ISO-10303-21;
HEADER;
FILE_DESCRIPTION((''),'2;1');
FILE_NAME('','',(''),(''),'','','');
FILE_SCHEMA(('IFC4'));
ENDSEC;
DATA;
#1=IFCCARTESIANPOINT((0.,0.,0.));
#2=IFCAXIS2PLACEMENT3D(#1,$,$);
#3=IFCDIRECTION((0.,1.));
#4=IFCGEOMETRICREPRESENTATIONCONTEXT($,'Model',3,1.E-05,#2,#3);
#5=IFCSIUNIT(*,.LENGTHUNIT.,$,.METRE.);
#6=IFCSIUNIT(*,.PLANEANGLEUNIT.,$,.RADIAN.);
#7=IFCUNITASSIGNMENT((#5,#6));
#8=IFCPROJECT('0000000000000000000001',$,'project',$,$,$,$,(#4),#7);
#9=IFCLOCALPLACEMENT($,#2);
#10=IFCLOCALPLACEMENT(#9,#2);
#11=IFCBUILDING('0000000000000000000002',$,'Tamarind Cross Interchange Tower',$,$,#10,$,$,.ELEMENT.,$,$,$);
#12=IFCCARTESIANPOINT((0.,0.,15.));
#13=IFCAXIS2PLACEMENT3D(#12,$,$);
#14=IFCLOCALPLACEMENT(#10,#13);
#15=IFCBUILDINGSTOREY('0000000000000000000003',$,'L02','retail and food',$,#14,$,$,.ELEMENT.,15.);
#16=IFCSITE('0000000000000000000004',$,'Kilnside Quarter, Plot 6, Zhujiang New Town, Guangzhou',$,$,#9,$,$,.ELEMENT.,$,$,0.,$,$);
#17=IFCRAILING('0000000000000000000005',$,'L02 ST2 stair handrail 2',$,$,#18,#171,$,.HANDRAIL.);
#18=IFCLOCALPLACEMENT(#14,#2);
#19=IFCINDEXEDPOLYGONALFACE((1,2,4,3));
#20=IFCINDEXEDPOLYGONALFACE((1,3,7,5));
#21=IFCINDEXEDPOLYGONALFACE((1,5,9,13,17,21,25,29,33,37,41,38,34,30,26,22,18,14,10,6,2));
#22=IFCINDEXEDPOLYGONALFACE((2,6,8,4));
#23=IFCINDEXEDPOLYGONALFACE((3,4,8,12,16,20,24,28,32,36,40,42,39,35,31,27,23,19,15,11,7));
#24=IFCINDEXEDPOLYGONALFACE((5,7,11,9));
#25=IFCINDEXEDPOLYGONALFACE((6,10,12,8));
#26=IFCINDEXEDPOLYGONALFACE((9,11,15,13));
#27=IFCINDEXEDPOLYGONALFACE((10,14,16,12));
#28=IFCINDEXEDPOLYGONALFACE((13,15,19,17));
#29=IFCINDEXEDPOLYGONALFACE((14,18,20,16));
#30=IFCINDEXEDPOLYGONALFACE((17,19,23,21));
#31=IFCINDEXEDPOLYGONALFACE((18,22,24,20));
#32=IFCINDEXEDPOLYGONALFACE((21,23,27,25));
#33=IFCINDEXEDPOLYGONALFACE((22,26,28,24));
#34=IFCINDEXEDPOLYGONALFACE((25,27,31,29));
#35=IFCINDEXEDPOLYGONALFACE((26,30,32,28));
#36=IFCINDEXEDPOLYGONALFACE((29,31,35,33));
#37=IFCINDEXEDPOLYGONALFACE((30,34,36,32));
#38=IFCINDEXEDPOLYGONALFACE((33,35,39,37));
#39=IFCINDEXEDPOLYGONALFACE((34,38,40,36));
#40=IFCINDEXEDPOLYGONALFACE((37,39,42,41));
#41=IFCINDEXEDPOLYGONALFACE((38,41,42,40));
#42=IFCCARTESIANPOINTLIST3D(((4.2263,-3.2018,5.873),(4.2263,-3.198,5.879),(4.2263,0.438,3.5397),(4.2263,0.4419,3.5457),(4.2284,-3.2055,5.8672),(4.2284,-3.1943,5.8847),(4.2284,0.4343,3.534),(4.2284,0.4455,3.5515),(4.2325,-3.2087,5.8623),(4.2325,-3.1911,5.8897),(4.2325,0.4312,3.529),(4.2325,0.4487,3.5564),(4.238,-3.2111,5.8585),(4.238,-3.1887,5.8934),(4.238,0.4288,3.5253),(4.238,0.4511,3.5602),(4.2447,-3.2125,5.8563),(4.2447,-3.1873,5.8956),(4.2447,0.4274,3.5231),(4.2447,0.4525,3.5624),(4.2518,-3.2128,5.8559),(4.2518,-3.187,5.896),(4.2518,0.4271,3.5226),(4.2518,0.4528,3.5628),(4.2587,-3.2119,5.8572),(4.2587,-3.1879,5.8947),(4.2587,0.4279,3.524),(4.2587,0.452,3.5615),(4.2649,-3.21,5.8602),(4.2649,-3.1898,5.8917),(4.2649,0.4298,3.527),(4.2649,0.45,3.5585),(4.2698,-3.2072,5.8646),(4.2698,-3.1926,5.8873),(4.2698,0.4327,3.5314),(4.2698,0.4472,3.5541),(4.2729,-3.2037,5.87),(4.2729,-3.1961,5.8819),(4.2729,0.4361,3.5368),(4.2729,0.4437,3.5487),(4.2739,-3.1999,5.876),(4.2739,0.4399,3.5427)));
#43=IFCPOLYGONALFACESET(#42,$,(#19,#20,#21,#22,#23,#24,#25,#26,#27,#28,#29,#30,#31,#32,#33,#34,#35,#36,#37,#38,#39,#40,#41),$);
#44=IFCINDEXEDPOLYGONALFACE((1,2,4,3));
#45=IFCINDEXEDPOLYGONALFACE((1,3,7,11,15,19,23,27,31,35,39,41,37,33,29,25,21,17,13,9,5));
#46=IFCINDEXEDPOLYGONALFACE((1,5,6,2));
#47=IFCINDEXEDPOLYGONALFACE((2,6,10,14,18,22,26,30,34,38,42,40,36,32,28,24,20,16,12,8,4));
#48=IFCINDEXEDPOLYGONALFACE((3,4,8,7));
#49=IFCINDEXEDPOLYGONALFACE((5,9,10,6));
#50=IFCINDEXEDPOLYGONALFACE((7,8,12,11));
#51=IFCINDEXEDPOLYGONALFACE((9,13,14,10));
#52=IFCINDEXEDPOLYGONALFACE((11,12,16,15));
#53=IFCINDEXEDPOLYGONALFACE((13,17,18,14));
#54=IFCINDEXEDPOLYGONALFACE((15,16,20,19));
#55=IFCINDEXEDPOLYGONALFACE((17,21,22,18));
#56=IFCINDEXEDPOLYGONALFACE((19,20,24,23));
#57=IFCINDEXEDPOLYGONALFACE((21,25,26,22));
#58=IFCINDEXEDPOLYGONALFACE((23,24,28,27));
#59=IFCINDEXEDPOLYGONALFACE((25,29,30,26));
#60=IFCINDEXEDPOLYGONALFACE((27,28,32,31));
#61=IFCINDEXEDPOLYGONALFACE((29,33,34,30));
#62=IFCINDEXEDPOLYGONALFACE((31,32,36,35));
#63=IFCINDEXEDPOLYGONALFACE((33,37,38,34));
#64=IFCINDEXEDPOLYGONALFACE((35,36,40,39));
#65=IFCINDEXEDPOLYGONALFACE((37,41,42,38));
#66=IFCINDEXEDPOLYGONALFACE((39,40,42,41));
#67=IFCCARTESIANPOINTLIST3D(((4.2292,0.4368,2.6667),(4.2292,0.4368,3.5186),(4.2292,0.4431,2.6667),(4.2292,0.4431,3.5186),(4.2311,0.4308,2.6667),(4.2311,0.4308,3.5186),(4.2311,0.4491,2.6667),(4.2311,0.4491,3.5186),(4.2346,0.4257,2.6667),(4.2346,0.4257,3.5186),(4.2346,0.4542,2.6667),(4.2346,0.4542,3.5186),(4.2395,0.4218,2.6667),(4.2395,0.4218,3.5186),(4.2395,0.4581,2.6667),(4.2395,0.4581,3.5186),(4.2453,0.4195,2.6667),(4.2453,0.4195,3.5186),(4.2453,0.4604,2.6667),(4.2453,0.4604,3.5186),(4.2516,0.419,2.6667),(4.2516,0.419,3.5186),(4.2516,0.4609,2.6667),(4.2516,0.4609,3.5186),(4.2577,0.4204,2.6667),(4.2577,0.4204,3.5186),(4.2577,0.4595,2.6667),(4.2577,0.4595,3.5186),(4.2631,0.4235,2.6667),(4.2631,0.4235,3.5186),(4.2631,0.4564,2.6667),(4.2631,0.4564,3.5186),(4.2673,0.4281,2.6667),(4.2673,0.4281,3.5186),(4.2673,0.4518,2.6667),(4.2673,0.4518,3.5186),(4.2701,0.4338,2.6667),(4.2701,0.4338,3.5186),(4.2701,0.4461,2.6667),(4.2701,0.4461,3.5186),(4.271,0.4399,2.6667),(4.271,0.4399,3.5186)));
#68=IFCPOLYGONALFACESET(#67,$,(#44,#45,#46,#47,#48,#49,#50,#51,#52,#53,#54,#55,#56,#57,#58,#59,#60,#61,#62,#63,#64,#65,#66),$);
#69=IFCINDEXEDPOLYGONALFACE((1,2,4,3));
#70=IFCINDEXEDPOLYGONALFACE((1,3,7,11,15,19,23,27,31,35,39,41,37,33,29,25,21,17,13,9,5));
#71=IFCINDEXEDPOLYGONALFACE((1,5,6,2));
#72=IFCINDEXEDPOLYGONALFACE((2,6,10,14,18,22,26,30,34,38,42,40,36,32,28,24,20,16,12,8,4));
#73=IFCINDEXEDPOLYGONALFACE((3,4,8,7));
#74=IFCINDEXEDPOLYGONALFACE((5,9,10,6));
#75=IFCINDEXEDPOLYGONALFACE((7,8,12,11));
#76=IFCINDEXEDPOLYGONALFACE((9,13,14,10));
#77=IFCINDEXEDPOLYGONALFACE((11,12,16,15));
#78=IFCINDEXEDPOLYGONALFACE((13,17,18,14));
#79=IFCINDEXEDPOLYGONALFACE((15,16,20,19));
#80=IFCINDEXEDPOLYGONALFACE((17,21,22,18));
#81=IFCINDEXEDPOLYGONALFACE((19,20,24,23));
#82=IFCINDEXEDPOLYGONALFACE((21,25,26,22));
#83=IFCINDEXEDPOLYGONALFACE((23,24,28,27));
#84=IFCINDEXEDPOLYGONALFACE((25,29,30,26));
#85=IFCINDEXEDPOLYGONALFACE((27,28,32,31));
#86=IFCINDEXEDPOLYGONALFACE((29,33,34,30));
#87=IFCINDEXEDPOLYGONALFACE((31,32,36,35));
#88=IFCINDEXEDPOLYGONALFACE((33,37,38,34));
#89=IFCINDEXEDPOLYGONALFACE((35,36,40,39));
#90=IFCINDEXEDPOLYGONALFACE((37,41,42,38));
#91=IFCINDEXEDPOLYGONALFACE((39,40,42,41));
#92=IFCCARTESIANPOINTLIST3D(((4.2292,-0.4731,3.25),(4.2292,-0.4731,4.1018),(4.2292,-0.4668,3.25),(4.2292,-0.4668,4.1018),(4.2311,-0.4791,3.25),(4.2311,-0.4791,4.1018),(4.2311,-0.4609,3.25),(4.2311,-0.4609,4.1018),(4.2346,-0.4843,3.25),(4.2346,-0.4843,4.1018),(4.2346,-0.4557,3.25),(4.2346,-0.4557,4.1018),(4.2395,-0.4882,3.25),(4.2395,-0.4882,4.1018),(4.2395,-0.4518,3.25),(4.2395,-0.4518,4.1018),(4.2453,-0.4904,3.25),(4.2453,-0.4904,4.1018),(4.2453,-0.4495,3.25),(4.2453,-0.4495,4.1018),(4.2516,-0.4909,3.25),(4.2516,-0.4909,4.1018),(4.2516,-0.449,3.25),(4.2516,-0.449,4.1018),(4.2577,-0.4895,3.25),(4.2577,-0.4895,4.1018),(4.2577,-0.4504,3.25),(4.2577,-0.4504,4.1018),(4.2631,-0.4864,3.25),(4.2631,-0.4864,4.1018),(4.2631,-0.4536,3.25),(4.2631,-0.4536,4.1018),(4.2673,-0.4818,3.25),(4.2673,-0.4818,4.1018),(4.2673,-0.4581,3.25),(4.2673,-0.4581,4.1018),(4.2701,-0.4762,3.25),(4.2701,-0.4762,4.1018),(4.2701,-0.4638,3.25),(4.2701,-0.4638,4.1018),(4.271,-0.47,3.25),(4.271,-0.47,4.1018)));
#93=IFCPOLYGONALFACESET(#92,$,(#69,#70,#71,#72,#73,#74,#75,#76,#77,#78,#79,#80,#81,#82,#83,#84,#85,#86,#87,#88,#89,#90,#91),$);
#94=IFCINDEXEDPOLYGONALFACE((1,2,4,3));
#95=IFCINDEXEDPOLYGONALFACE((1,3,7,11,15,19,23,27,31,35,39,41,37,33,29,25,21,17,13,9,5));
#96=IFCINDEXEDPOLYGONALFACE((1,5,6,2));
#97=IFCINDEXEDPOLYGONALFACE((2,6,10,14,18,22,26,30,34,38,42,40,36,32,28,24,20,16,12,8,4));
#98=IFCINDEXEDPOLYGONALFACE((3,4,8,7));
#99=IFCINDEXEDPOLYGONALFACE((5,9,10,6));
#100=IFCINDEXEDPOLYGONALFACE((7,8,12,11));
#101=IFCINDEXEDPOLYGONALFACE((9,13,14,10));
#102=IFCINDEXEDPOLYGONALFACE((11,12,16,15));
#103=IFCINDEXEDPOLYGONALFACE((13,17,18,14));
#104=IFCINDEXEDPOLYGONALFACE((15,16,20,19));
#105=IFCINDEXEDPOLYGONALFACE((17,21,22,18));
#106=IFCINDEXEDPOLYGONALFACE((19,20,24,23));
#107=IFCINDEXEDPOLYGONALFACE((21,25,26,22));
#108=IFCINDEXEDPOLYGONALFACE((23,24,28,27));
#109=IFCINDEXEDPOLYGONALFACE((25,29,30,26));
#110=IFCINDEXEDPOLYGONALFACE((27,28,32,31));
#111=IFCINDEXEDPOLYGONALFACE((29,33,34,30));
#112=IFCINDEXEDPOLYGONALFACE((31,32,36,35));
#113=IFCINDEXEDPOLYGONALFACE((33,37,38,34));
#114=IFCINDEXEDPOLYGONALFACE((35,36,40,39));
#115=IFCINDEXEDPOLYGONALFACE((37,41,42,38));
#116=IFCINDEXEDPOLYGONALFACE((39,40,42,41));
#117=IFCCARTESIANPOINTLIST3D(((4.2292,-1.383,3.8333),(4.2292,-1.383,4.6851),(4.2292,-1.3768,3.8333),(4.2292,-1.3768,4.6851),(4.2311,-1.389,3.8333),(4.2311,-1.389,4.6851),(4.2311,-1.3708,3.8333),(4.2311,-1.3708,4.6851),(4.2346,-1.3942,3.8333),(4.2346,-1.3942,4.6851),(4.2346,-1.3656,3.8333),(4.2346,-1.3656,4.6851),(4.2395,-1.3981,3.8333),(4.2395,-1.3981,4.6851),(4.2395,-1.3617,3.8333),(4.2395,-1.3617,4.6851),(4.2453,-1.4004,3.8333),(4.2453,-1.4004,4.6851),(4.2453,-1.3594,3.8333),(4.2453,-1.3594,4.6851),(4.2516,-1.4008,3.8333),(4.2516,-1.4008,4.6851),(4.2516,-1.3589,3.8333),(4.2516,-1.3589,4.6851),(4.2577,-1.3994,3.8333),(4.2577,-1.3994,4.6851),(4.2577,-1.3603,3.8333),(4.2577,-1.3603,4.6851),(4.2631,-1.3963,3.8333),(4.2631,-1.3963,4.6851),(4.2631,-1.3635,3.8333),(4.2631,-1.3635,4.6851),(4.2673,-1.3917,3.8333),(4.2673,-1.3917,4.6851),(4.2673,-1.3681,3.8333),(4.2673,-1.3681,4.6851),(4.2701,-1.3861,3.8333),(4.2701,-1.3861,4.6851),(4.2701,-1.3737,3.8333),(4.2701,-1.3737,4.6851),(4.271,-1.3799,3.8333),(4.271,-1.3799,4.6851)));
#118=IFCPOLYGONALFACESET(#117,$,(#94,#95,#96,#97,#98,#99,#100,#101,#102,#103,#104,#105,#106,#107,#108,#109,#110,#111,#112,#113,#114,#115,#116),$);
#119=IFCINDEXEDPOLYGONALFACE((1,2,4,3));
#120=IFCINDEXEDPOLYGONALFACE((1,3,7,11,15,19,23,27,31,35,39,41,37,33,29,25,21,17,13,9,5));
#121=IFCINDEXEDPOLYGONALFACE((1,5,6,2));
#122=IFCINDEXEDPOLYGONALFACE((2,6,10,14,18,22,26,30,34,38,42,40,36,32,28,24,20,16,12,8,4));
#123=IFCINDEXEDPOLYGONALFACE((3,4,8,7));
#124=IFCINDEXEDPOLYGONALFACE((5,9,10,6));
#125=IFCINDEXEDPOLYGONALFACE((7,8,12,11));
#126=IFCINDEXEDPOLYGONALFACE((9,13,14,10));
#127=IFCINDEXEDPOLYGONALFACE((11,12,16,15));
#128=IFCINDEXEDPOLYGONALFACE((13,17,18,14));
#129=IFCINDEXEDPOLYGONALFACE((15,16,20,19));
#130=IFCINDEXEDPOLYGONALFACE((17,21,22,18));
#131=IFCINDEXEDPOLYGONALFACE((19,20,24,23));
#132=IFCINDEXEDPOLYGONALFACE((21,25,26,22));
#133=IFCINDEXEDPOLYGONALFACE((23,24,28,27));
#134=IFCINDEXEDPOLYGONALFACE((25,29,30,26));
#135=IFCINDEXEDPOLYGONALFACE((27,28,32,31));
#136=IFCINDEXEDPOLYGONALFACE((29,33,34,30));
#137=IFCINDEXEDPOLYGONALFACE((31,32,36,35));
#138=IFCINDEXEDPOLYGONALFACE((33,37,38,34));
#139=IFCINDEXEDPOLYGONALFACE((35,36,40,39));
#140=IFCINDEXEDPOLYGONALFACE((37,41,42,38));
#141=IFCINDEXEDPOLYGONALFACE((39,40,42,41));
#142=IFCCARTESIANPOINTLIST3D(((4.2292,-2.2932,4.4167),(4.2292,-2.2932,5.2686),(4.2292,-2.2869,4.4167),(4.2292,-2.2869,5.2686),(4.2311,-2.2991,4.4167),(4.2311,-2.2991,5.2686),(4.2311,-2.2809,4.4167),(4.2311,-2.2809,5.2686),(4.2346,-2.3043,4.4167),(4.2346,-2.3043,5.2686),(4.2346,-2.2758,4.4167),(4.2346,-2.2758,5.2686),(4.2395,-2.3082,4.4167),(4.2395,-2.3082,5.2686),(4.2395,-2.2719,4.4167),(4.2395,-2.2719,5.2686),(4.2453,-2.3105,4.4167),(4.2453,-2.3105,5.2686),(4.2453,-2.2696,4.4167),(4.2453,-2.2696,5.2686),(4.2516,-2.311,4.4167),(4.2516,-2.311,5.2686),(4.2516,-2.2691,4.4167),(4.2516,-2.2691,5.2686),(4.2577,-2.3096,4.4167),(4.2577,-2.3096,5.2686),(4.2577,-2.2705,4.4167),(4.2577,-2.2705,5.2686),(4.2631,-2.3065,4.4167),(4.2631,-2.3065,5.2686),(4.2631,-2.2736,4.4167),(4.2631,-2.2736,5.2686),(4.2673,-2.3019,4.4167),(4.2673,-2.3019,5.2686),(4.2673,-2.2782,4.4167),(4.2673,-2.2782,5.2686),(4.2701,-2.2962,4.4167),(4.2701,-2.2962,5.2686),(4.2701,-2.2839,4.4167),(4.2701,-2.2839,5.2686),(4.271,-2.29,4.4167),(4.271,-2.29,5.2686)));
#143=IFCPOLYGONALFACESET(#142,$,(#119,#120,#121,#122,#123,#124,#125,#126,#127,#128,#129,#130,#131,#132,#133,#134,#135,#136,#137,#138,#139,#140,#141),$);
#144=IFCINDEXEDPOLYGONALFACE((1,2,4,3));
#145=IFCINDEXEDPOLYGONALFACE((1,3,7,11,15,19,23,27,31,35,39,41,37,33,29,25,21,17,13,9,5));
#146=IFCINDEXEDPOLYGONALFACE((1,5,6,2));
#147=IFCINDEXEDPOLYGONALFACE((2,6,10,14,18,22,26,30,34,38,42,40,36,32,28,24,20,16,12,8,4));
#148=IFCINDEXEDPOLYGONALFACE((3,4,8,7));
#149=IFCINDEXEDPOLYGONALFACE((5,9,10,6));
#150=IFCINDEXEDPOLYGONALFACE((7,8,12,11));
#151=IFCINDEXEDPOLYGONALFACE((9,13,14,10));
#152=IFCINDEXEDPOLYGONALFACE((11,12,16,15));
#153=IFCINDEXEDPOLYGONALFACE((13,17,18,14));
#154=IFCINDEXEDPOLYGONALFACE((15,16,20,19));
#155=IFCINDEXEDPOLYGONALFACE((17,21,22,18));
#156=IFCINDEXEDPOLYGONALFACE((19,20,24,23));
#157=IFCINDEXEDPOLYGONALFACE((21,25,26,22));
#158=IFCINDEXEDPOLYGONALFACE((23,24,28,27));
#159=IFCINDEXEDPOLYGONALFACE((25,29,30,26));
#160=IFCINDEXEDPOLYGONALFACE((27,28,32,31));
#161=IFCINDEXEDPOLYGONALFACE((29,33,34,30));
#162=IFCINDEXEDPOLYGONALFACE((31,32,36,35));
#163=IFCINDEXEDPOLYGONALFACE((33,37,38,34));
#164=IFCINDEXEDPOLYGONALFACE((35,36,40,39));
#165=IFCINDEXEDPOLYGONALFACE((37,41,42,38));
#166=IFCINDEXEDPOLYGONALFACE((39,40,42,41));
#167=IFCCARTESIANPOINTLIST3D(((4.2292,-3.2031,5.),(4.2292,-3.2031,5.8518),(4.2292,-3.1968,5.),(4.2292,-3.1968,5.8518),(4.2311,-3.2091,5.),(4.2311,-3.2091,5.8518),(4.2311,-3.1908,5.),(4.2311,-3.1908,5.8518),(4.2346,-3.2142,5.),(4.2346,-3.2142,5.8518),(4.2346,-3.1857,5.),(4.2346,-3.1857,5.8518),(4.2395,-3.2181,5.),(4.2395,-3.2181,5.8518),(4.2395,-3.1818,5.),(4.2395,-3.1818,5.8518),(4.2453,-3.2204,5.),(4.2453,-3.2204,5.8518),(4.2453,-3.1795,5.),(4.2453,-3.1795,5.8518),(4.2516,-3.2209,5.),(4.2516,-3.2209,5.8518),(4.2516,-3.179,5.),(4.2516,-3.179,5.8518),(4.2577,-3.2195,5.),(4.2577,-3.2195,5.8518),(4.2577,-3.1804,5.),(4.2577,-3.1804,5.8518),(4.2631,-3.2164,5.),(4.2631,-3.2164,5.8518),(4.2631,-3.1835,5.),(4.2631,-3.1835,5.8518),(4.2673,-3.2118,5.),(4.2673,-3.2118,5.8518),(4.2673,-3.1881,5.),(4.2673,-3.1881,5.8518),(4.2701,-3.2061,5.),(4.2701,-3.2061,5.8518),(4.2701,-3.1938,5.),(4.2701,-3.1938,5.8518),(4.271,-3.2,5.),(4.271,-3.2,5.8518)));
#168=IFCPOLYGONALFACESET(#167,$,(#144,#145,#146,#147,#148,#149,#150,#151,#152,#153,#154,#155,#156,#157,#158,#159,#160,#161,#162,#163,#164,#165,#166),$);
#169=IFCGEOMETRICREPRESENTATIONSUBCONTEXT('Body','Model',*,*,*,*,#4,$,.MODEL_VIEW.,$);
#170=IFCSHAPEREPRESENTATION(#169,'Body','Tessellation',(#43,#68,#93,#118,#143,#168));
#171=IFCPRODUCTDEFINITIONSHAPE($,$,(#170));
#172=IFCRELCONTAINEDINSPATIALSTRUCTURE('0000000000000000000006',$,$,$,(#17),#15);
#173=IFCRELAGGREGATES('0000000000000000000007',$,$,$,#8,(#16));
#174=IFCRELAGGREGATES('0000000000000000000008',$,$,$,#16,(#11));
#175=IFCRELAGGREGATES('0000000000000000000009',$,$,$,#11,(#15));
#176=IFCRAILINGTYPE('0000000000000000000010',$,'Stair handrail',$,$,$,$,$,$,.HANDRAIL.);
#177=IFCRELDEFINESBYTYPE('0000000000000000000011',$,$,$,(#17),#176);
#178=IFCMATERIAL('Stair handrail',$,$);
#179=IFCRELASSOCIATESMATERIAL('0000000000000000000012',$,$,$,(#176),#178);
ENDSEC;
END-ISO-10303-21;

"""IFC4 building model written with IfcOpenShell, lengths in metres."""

from ifc_helpers import new_model, si_unit, direction, frame, origin, origin_2d, place, context, subcontext, project, spatial, circle, extrude, material, type_object, element, save


model = new_model("IFC4")

# Units and contexts
model_context = context("Model", 3, precision=1e-05, world=origin(), true_north=direction((0.0, 1.0)))
body_context = subcontext(model_context, "Body", "Model", "MODEL_VIEW")
ifc_project = project(units=[si_unit("LENGTHUNIT", "METRE"), si_unit("PLANEANGLEUNIT", "RADIAN")], contexts=[model_context])

# Site, building, storey
site_placement = place(None, origin())
site = spatial("IfcSite", under=ifc_project, at=site_placement, Name="Kilnside Quarter, Plot 6, Zhujiang New Town, Guangzhou", CompositionType="ELEMENT", RefElevation=0.0)
building_placement = place(site_placement, origin())
building = spatial("IfcBuilding", under=site, at=building_placement, Name="Tamarind Cross Interchange Tower", CompositionType="ELEMENT")
storey_placement = place(building_placement, frame((0.0, 0.0, 15.0)))
storey = spatial("IfcBuildingStorey", under=building, at=storey_placement, Name="L02", Description="retail and food", CompositionType="ELEMENT", Elevation=15.0)

# Railing
ifc_material_1 = material(Name="Stair handrail")
railing_type_1 = type_object("IfcRailingType", Name="Stair handrail", PredefinedType="HANDRAIL", material=ifc_material_1)
railing_1_placement = place(storey_placement, frame((4.25, 0.4399, 2.6667)))
element("IfcRailing", 1, at=railing_1_placement, inside=storey, type_object=railing_type_1, Name="L02 ST2 stair handrail 2", PredefinedType="HANDRAIL", context=body_context, shape_type="SweptSolid", body=[
    extrude(circle(Radius=0.0239, at=origin_2d()), frame((0.0, 0.0, 0.876), z_axis=(0.0, -0.84188, 0.539664), x_axis=(1.0, 0.0, 0.0)), (0.0, 0.0, 1.0), 4.3235),
    extrude(circle(Radius=0.021, at=origin_2d()), origin(), (0.0, 0.0, 1.0), 0.8518),
    extrude(circle(Radius=0.021, at=origin_2d()), frame((0.0, -0.9099, 0.5833)), (0.0, 0.0, 1.0), 0.8518),
    extrude(circle(Radius=0.021, at=origin_2d()), frame((0.0, -1.8198, 1.1665)), (0.0, 0.0, 1.0), 0.8518),
    extrude(circle(Radius=0.021, at=origin_2d()), frame((0.0, -2.73, 1.75)), (0.0, 0.0, 1.0), 0.8518),
    extrude(circle(Radius=0.021, at=origin_2d()), frame((0.0, -3.6399, 2.3333)), (0.0, 0.0, 1.0), 0.8518),
])

save(model, "model.ifc")
